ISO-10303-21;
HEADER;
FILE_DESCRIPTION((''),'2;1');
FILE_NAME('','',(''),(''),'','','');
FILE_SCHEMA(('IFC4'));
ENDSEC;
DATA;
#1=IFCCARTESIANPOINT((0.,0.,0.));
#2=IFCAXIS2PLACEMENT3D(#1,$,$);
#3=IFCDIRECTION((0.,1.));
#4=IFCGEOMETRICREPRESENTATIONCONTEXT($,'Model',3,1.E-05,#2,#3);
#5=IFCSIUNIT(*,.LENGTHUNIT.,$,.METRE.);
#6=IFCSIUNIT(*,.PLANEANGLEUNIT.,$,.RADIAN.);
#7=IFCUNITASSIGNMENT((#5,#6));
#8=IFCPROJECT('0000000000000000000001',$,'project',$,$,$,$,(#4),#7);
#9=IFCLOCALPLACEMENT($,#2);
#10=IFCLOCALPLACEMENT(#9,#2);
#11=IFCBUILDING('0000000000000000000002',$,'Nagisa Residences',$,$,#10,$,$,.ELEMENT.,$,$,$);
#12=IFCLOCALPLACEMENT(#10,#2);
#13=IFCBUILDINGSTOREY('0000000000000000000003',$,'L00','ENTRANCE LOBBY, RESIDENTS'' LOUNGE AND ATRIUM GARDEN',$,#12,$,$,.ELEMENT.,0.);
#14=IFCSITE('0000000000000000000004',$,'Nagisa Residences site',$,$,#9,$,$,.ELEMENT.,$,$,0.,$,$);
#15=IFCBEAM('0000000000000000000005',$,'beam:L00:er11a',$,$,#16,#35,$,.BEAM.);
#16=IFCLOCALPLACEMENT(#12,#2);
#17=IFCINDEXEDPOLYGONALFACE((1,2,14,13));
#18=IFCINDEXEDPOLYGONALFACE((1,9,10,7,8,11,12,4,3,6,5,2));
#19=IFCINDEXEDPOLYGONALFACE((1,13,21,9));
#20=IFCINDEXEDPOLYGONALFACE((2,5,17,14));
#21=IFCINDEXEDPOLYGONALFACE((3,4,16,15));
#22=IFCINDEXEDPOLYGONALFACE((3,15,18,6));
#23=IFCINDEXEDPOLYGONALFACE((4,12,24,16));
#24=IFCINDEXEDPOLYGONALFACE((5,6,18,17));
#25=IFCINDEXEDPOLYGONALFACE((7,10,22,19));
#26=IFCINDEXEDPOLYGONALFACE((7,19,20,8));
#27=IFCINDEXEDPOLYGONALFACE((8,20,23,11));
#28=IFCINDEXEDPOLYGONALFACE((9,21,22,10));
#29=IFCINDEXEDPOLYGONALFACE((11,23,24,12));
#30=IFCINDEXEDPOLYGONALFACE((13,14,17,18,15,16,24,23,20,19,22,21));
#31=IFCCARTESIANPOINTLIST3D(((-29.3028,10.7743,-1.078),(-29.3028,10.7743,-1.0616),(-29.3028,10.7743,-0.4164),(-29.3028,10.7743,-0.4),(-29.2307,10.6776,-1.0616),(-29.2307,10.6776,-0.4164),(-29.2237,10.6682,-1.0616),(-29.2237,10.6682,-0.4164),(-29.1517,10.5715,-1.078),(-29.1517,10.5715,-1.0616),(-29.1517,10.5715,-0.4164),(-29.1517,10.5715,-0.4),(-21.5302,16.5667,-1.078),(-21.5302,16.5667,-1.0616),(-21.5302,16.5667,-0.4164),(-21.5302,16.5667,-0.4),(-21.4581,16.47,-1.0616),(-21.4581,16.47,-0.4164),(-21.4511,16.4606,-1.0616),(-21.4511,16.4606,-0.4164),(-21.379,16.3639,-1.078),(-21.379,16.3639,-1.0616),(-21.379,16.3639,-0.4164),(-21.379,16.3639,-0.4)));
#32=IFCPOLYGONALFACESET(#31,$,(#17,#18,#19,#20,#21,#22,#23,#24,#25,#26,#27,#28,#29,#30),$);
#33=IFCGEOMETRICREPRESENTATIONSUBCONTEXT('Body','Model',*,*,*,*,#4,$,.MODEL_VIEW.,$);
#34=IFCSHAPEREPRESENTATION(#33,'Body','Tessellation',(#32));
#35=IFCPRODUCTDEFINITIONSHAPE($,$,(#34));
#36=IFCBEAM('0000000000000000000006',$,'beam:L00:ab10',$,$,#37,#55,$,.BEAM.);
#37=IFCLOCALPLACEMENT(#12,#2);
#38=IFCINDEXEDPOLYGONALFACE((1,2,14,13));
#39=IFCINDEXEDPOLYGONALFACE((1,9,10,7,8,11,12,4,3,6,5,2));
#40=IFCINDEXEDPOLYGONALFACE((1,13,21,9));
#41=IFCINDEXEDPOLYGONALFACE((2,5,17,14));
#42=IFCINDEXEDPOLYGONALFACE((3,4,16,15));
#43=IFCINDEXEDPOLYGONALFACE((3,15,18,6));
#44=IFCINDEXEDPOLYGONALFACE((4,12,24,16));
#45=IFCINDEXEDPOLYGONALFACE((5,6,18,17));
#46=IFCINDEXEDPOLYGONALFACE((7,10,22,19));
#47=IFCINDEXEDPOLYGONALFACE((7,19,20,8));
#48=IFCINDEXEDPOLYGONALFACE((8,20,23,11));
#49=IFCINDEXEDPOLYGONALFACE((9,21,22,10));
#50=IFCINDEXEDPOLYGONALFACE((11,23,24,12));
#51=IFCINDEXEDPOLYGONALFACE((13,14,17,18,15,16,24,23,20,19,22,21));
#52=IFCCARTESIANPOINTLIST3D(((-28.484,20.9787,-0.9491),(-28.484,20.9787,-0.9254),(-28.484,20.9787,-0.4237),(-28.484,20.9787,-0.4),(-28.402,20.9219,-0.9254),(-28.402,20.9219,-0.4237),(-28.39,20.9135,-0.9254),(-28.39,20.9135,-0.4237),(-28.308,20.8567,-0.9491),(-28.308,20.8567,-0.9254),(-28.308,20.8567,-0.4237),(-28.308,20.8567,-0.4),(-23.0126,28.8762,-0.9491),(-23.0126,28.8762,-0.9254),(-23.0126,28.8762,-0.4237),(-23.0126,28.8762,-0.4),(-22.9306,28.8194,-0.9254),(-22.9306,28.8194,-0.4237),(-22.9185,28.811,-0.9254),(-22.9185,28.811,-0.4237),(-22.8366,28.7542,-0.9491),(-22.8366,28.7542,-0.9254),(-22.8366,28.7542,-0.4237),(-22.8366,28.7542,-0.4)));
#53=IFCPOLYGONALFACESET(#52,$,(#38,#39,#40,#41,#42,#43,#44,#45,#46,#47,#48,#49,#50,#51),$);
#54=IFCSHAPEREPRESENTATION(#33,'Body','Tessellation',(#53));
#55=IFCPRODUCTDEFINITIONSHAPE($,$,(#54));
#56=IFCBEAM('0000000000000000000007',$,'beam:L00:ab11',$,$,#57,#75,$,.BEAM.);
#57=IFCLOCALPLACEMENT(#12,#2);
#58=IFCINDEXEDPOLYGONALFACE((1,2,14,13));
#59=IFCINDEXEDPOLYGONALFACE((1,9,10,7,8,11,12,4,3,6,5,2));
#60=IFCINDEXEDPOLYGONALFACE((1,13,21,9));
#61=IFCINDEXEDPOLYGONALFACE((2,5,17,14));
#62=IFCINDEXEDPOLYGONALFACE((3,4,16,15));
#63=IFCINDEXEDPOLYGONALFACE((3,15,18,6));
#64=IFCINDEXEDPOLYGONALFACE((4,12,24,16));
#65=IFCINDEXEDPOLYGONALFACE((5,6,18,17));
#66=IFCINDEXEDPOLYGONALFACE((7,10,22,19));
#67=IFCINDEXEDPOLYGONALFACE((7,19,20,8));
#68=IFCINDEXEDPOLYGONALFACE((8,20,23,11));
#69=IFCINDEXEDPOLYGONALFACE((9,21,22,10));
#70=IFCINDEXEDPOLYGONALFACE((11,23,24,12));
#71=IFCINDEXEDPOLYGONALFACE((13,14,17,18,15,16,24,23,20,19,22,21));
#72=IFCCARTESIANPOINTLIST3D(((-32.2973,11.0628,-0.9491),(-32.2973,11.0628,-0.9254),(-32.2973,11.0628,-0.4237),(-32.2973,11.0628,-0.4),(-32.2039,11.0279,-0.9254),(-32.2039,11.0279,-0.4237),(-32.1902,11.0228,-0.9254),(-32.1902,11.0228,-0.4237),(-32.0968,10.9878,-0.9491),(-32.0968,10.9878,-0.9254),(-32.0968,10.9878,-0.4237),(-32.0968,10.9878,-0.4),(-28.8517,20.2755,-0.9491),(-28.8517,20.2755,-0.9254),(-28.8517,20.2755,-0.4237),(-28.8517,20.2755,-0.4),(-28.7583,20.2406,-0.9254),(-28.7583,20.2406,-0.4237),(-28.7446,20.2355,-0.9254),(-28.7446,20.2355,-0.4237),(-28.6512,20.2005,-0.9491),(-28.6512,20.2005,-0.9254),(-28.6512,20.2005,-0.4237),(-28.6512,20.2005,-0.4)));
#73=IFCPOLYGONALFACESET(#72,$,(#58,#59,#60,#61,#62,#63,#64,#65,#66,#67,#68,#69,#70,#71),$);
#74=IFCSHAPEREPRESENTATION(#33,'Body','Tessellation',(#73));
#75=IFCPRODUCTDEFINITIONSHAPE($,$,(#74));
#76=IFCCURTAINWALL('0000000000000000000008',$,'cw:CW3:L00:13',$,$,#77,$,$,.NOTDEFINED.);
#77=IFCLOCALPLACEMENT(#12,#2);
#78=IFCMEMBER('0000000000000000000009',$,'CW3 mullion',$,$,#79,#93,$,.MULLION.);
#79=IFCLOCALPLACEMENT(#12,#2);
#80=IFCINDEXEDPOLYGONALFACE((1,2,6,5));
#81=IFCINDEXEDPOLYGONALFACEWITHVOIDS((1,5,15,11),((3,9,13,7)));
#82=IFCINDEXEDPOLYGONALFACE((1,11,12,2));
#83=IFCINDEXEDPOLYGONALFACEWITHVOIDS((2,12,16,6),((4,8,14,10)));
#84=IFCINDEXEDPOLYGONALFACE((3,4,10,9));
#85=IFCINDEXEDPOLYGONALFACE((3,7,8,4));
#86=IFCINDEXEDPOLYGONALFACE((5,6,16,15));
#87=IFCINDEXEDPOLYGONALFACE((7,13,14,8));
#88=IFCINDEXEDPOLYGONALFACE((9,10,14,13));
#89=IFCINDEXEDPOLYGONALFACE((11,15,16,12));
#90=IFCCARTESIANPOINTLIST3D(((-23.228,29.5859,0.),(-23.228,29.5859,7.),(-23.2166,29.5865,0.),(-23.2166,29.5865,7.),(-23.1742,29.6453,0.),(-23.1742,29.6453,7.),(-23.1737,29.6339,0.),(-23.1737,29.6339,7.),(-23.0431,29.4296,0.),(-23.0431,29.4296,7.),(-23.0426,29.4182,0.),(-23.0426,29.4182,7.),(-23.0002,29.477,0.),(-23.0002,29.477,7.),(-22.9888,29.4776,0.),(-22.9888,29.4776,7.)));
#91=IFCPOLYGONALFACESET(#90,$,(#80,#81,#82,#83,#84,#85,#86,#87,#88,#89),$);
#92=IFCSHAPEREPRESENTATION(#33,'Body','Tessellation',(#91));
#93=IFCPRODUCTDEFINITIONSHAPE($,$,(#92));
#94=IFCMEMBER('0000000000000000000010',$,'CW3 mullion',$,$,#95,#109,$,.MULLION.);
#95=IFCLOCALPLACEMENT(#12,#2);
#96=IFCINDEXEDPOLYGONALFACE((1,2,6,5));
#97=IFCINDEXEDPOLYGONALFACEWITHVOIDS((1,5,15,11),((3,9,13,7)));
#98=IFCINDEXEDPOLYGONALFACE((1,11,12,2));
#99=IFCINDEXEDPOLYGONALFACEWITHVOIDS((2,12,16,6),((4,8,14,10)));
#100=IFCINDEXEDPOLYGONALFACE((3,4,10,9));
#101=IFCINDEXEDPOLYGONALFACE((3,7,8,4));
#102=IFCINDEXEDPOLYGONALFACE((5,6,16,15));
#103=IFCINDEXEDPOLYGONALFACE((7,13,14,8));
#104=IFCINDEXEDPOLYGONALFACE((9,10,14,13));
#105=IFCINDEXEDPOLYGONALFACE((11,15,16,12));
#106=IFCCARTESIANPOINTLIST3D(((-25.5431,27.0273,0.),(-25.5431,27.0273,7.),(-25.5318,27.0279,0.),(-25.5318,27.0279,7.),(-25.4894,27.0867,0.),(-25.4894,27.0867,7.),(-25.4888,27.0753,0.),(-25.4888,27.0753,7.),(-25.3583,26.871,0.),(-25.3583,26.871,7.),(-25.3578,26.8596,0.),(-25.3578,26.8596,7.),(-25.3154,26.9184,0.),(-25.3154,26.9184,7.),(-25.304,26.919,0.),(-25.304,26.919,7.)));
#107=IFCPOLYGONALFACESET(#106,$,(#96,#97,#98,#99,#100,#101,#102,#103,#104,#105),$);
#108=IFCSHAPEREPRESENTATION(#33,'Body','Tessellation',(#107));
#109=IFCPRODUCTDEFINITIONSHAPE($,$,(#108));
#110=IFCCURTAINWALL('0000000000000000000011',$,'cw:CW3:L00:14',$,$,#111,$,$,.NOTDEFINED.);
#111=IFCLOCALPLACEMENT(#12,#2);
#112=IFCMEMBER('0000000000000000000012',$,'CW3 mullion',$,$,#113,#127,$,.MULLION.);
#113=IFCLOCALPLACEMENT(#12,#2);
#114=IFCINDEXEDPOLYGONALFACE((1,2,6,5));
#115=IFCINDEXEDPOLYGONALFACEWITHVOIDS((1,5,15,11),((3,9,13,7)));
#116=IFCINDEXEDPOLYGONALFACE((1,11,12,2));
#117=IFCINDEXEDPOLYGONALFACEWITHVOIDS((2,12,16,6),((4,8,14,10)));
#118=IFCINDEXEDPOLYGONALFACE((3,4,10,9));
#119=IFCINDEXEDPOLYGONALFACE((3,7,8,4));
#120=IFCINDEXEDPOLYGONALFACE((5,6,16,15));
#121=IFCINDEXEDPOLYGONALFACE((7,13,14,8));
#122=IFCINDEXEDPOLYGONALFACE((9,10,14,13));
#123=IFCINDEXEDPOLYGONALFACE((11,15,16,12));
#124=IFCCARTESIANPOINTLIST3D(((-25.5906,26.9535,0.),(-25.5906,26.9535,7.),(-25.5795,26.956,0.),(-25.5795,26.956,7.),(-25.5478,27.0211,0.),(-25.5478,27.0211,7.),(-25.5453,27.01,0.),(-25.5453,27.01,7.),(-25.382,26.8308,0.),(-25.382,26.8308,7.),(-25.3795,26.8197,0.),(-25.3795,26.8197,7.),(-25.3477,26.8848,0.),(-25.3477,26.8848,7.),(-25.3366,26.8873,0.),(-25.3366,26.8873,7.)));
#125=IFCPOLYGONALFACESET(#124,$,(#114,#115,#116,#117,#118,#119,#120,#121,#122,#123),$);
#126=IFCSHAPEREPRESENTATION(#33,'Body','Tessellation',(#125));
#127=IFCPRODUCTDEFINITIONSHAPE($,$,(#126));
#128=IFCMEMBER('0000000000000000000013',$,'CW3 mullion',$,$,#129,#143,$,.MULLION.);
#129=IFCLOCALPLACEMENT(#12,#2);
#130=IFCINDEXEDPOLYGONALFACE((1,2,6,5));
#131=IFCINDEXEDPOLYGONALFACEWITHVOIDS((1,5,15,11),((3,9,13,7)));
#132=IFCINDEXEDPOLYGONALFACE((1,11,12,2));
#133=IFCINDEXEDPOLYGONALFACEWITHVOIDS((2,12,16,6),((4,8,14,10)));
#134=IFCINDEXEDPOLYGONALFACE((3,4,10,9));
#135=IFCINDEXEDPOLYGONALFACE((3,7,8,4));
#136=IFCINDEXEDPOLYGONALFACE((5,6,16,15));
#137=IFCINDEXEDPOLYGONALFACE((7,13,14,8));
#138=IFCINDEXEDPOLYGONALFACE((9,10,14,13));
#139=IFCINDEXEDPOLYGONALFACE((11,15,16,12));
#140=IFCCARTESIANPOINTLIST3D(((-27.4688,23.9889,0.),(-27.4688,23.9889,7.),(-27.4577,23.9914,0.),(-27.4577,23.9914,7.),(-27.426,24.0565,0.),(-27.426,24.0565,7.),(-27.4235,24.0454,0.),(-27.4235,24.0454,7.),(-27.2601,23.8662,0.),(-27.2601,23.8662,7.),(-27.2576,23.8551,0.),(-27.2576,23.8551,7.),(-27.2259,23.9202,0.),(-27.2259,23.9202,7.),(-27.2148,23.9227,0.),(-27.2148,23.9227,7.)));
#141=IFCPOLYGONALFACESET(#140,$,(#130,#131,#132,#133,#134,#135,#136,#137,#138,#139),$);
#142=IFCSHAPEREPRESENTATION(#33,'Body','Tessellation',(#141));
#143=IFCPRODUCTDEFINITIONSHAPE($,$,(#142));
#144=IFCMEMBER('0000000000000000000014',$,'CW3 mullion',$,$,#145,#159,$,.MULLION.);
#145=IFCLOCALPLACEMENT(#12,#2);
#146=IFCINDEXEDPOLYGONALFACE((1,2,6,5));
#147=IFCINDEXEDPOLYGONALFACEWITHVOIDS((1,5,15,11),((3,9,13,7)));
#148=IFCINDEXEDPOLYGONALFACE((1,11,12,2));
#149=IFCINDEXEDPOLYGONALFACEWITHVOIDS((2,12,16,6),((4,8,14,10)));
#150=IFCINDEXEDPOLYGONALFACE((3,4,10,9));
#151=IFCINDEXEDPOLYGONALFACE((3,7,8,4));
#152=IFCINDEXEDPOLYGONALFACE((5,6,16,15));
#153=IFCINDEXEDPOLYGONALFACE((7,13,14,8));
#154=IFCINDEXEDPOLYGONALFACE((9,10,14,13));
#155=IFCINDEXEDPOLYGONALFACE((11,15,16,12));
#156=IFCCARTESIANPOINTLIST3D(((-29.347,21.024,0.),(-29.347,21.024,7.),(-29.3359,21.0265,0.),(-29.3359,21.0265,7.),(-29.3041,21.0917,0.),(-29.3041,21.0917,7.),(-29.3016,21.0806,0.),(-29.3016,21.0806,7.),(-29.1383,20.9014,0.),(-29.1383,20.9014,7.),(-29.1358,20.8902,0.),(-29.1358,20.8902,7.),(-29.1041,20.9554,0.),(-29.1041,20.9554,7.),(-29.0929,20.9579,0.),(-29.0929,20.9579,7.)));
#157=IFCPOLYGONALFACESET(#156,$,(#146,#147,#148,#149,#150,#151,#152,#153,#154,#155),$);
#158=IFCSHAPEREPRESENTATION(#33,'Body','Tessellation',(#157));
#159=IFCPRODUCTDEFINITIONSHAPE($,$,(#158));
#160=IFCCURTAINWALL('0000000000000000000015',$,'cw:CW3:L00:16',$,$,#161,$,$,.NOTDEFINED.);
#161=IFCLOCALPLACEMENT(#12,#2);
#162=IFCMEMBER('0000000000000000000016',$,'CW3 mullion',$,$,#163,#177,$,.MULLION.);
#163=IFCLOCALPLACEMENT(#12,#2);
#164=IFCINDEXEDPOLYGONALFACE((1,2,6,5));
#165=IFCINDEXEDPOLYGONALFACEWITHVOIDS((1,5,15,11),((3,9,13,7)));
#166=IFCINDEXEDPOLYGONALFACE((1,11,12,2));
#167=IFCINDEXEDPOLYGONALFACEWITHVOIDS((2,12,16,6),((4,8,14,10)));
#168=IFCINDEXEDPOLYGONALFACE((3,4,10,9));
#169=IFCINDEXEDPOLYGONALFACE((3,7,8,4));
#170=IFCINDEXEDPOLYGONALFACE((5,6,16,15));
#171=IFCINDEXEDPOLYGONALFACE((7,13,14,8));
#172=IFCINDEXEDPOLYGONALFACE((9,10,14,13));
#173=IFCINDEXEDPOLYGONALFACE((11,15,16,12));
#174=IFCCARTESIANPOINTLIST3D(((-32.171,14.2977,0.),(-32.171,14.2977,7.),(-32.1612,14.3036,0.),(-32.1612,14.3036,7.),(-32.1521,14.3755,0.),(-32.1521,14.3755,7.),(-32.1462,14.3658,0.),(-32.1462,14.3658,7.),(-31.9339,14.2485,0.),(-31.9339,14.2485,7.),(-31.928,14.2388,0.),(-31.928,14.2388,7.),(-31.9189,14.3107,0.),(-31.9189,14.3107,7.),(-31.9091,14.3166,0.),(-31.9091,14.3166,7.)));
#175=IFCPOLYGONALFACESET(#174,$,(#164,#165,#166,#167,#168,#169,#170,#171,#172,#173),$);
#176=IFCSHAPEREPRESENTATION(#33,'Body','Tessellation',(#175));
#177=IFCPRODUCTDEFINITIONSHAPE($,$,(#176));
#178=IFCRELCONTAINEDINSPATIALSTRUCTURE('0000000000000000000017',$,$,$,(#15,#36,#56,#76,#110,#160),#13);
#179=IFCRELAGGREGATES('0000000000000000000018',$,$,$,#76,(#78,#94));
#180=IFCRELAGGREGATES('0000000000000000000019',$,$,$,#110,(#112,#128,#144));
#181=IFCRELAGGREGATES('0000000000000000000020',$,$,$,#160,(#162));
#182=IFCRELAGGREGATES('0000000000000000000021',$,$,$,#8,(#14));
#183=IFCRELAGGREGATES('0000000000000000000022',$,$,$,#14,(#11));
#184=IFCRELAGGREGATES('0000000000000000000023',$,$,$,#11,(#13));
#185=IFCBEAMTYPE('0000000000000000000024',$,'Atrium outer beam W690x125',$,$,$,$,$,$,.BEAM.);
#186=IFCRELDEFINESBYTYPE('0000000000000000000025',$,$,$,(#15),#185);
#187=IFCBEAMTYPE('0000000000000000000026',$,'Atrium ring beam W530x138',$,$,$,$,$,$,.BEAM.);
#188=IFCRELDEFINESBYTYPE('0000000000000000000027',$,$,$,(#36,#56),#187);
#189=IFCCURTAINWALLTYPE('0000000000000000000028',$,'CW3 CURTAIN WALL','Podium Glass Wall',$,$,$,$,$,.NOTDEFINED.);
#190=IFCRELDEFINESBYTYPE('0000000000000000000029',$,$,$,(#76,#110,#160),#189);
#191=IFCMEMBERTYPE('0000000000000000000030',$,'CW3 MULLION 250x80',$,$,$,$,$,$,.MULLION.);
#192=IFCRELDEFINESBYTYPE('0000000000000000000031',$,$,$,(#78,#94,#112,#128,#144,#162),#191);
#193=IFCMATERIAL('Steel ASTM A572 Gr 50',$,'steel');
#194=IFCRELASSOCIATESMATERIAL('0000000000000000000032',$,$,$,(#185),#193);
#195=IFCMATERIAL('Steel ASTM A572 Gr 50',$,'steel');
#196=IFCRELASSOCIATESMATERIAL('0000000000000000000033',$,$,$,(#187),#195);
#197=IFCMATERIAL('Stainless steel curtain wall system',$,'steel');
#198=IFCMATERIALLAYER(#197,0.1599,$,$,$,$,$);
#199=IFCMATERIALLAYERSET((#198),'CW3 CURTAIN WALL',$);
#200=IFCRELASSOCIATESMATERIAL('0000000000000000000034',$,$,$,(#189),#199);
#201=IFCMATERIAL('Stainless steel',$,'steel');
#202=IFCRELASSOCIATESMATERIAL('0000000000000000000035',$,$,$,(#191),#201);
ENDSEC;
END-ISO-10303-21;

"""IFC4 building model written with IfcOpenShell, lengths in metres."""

from ifc_helpers import new_model, si_unit, direction, frame, origin, origin_2d, place, context, subcontext, project, spatial, hollow_rectangle, i_section, extrude, material, layer, layer_set, material_profile, profile_set, type_object, element, aggregate, save


model = new_model("IFC4")

# Units and contexts
model_context = context("Model", 3, precision=1e-05, world=origin(), true_north=direction((0.0, 1.0)))
body_context = subcontext(model_context, "Body", "Model", "MODEL_VIEW")
ifc_project = project(units=[si_unit("LENGTHUNIT", "METRE"), si_unit("PLANEANGLEUNIT", "RADIAN")], contexts=[model_context])

# Site, building, storey
site_placement = place(None, origin())
site = spatial("IfcSite", under=ifc_project, at=site_placement, Name="Nagisa Residences site", CompositionType="ELEMENT", RefElevation=0.0)
building_placement = place(site_placement, origin())
building = spatial("IfcBuilding", under=site, at=building_placement, Name="Nagisa Residences", CompositionType="ELEMENT")
storey_placement = place(building_placement, origin())
storey = spatial("IfcBuildingStorey", under=building, at=storey_placement, Name="L00", Description="ENTRANCE LOBBY, RESIDENTS' LOUNGE AND ATRIUM GARDEN", CompositionType="ELEMENT", Elevation=0.0)

# Beams
ifc_material_1 = material(Name="Steel ASTM A572 Gr 50", Category="steel")
ifc_material_profile_1 = material_profile(ifc_material_1, i_section(OverallWidth=0.2529, OverallDepth=0.678, WebThickness=0.0117, FlangeThickness=0.0164, at=origin_2d()), Name="W690x125")
ifc_profile_set_1 = profile_set([ifc_material_profile_1], Name="Steel ASTM A572 Gr 50")
beam_type_1 = type_object("IfcBeamType", Name="Atrium outer beam W690x125", PredefinedType="BEAM", material=ifc_profile_set_1)
beam_1_placement = place(storey_placement, frame((-21.4546, 16.4653, -0.739), z_axis=(-0.801831, -0.597551, 0.0), x_axis=(0.597551, -0.801831, 0.0)))
element("IfcBeam", 1, at=beam_1_placement, inside=storey, type_object=beam_type_1, Name="beam:L00:er11a", PredefinedType="BEAM", context=body_context, shape_type="SweptSolid", body=[
    extrude(i_section(OverallWidth=0.2529, OverallDepth=0.678, WebThickness=0.0117, FlangeThickness=0.0164, at=origin_2d()), origin(), (0.0, 0.0, 1.0), 9.6936),
])
ifc_material_2 = material(Name="Steel ASTM A572 Gr 50", Category="steel")
ifc_material_profile_2 = material_profile(ifc_material_2, i_section(OverallWidth=0.2141, OverallDepth=0.5491, WebThickness=0.0146, FlangeThickness=0.0237, at=origin_2d()), Name="W530x138")
ifc_profile_set_2 = profile_set([ifc_material_profile_2], Name="Steel ASTM A572 Gr 50")
beam_type_2 = type_object("IfcBeamType", Name="Atrium ring beam W530x138", PredefinedType="BEAM", material=ifc_profile_set_2)
beam_2_placement = place(storey_placement, frame((-22.9246, 28.8152, -0.6746), z_axis=(-0.569489, -0.821999, 0.0), x_axis=(0.821999, -0.569489, 0.0)))
element("IfcBeam", 2, at=beam_2_placement, inside=storey, type_object=beam_type_2, Name="beam:L00:ab10", PredefinedType="BEAM", context=body_context, shape_type="SweptSolid", body=[
    extrude(i_section(OverallWidth=0.2141, OverallDepth=0.5491, WebThickness=0.0146, FlangeThickness=0.0237, at=origin_2d()), origin(), (0.0, 0.0, 1.0), 9.6077),
])
beam_3_placement = place(storey_placement, frame((-28.7515, 20.238, -0.6746), z_axis=(-0.350305, -0.936636, 0.0), x_axis=(0.936636, -0.350305, 0.0)))
element("IfcBeam", 3, at=beam_3_placement, inside=storey, type_object=beam_type_2, Name="beam:L00:ab11", PredefinedType="BEAM", context=body_context, shape_type="SweptSolid", body=[
    extrude(i_section(OverallWidth=0.2141, OverallDepth=0.5491, WebThickness=0.0146, FlangeThickness=0.0237, at=origin_2d()), origin(), (0.0, 0.0, 1.0), 9.8359),
])

# Curtain walls, members
ifc_material_3 = material(Name="Stainless steel curtain wall system", Category="steel")
ifc_layer_1 = layer(ifc_material_3, 0.1599)
ifc_layer_set_1 = layer_set([ifc_layer_1], Name="CW3 CURTAIN WALL")
curtain_wall_type = type_object("IfcCurtainWallType", Name="CW3 CURTAIN WALL", Description="Podium Glass Wall", PredefinedType="NOTDEFINED", material=ifc_layer_set_1)
curtain_wall_1_placement = place(storey_placement, origin())
curtain_wall_1 = element("IfcCurtainWall", 4, at=curtain_wall_1_placement, inside=storey, type_object=curtain_wall_type, Name="cw:CW3:L00:13", PredefinedType="NOTDEFINED")
ifc_material_4 = material(Name="Stainless steel", Category="steel")
ifc_material_profile_3 = material_profile(ifc_material_4, hollow_rectangle(XDim=0.25, YDim=0.0801, WallThickness=0.0081, at=origin_2d()), Name="CW3 MULLION 250x80")
ifc_profile_set_3 = profile_set([ifc_material_profile_3], Name="Stainless steel")
member_type = type_object("IfcMemberType", Name="CW3 MULLION 250x80", PredefinedType="MULLION", material=ifc_profile_set_3)
member_1_placement = place(storey_placement, frame((-23.1084, 29.5317, 0.0), z_axis=(0.0, 0.0, 1.0), x_axis=(0.741536, -0.670913, 0.0)))
member_1 = element("IfcMember", 5, at=member_1_placement, type_object=member_type, Name="CW3 mullion", PredefinedType="MULLION", context=body_context, shape_type="SweptSolid", body=[
    extrude(hollow_rectangle(XDim=0.25, YDim=0.0801, WallThickness=0.0081, at=origin_2d()), origin(), (0.0, 0.0, 1.0), 7.0),
])
member_2_placement = place(storey_placement, frame((-25.4236, 26.9731, 0.0), z_axis=(0.0, 0.0, 1.0), x_axis=(0.741536, -0.670913, 0.0)))
member_2 = element("IfcMember", 6, at=member_2_placement, type_object=member_type, Name="CW3 mullion", PredefinedType="MULLION", context=body_context, shape_type="SweptSolid", body=[
    extrude(hollow_rectangle(XDim=0.25, YDim=0.0801, WallThickness=0.0081, at=origin_2d()), origin(), (0.0, 0.0, 1.0), 7.0),
])
aggregate(curtain_wall_1, [member_1, member_2])
curtain_wall_2_placement = place(storey_placement, origin())
curtain_wall_2 = element("IfcCurtainWall", 7, at=curtain_wall_2_placement, inside=storey, type_object=curtain_wall_type, Name="cw:CW3:L00:14", PredefinedType="NOTDEFINED")
member_3_placement = place(storey_placement, frame((-25.4636, 26.9204, 0.0), z_axis=(0.0, 0.0, 1.0), x_axis=(0.844747, -0.535165, 0.0)))
member_3 = element("IfcMember", 8, at=member_3_placement, type_object=member_type, Name="CW3 mullion", PredefinedType="MULLION", context=body_context, shape_type="SweptSolid", body=[
    extrude(hollow_rectangle(XDim=0.25, YDim=0.0801, WallThickness=0.0081, at=origin_2d()), origin(), (0.0, 0.0, 1.0), 7.0),
])
member_4_placement = place(storey_placement, frame((-27.3418, 23.9558, 0.0), z_axis=(0.0, 0.0, 1.0), x_axis=(0.844747, -0.535165, 0.0)))
member_4 = element("IfcMember", 9, at=member_4_placement, type_object=member_type, Name="CW3 mullion", PredefinedType="MULLION", context=body_context, shape_type="SweptSolid", body=[
    extrude(hollow_rectangle(XDim=0.25, YDim=0.0801, WallThickness=0.0081, at=origin_2d()), origin(), (0.0, 0.0, 1.0), 7.0),
])
member_5_placement = place(storey_placement, frame((-29.22, 20.991, 0.0), z_axis=(0.0, 0.0, 1.0), x_axis=(0.844747, -0.535165, 0.0)))
member_5 = element("IfcMember", 10, at=member_5_placement, type_object=member_type, Name="CW3 mullion", PredefinedType="MULLION", context=body_context, shape_type="SweptSolid", body=[
    extrude(hollow_rectangle(XDim=0.25, YDim=0.0801, WallThickness=0.0081, at=origin_2d()), origin(), (0.0, 0.0, 1.0), 7.0),
])
aggregate(curtain_wall_2, [member_3, member_4, member_5])

# Curtain wall, member
curtain_wall_3_placement = place(storey_placement, origin())
curtain_wall_3 = element("IfcCurtainWall", 11, at=curtain_wall_3_placement, inside=storey, type_object=curtain_wall_type, Name="cw:CW3:L00:16", PredefinedType="NOTDEFINED")
member_6_placement = place(storey_placement, frame((-32.04, 14.3071, 0.0), z_axis=(0.0, 0.0, 1.0), x_axis=(0.971849, -0.235606, 0.0)))
member_6 = element("IfcMember", 12, at=member_6_placement, type_object=member_type, Name="CW3 mullion", PredefinedType="MULLION", context=body_context, shape_type="SweptSolid", body=[
    extrude(hollow_rectangle(XDim=0.25, YDim=0.0801, WallThickness=0.0081, at=origin_2d()), origin(), (0.0, 0.0, 1.0), 7.0),
])
aggregate(curtain_wall_3, [member_6])

save(model, "model.ifc")
